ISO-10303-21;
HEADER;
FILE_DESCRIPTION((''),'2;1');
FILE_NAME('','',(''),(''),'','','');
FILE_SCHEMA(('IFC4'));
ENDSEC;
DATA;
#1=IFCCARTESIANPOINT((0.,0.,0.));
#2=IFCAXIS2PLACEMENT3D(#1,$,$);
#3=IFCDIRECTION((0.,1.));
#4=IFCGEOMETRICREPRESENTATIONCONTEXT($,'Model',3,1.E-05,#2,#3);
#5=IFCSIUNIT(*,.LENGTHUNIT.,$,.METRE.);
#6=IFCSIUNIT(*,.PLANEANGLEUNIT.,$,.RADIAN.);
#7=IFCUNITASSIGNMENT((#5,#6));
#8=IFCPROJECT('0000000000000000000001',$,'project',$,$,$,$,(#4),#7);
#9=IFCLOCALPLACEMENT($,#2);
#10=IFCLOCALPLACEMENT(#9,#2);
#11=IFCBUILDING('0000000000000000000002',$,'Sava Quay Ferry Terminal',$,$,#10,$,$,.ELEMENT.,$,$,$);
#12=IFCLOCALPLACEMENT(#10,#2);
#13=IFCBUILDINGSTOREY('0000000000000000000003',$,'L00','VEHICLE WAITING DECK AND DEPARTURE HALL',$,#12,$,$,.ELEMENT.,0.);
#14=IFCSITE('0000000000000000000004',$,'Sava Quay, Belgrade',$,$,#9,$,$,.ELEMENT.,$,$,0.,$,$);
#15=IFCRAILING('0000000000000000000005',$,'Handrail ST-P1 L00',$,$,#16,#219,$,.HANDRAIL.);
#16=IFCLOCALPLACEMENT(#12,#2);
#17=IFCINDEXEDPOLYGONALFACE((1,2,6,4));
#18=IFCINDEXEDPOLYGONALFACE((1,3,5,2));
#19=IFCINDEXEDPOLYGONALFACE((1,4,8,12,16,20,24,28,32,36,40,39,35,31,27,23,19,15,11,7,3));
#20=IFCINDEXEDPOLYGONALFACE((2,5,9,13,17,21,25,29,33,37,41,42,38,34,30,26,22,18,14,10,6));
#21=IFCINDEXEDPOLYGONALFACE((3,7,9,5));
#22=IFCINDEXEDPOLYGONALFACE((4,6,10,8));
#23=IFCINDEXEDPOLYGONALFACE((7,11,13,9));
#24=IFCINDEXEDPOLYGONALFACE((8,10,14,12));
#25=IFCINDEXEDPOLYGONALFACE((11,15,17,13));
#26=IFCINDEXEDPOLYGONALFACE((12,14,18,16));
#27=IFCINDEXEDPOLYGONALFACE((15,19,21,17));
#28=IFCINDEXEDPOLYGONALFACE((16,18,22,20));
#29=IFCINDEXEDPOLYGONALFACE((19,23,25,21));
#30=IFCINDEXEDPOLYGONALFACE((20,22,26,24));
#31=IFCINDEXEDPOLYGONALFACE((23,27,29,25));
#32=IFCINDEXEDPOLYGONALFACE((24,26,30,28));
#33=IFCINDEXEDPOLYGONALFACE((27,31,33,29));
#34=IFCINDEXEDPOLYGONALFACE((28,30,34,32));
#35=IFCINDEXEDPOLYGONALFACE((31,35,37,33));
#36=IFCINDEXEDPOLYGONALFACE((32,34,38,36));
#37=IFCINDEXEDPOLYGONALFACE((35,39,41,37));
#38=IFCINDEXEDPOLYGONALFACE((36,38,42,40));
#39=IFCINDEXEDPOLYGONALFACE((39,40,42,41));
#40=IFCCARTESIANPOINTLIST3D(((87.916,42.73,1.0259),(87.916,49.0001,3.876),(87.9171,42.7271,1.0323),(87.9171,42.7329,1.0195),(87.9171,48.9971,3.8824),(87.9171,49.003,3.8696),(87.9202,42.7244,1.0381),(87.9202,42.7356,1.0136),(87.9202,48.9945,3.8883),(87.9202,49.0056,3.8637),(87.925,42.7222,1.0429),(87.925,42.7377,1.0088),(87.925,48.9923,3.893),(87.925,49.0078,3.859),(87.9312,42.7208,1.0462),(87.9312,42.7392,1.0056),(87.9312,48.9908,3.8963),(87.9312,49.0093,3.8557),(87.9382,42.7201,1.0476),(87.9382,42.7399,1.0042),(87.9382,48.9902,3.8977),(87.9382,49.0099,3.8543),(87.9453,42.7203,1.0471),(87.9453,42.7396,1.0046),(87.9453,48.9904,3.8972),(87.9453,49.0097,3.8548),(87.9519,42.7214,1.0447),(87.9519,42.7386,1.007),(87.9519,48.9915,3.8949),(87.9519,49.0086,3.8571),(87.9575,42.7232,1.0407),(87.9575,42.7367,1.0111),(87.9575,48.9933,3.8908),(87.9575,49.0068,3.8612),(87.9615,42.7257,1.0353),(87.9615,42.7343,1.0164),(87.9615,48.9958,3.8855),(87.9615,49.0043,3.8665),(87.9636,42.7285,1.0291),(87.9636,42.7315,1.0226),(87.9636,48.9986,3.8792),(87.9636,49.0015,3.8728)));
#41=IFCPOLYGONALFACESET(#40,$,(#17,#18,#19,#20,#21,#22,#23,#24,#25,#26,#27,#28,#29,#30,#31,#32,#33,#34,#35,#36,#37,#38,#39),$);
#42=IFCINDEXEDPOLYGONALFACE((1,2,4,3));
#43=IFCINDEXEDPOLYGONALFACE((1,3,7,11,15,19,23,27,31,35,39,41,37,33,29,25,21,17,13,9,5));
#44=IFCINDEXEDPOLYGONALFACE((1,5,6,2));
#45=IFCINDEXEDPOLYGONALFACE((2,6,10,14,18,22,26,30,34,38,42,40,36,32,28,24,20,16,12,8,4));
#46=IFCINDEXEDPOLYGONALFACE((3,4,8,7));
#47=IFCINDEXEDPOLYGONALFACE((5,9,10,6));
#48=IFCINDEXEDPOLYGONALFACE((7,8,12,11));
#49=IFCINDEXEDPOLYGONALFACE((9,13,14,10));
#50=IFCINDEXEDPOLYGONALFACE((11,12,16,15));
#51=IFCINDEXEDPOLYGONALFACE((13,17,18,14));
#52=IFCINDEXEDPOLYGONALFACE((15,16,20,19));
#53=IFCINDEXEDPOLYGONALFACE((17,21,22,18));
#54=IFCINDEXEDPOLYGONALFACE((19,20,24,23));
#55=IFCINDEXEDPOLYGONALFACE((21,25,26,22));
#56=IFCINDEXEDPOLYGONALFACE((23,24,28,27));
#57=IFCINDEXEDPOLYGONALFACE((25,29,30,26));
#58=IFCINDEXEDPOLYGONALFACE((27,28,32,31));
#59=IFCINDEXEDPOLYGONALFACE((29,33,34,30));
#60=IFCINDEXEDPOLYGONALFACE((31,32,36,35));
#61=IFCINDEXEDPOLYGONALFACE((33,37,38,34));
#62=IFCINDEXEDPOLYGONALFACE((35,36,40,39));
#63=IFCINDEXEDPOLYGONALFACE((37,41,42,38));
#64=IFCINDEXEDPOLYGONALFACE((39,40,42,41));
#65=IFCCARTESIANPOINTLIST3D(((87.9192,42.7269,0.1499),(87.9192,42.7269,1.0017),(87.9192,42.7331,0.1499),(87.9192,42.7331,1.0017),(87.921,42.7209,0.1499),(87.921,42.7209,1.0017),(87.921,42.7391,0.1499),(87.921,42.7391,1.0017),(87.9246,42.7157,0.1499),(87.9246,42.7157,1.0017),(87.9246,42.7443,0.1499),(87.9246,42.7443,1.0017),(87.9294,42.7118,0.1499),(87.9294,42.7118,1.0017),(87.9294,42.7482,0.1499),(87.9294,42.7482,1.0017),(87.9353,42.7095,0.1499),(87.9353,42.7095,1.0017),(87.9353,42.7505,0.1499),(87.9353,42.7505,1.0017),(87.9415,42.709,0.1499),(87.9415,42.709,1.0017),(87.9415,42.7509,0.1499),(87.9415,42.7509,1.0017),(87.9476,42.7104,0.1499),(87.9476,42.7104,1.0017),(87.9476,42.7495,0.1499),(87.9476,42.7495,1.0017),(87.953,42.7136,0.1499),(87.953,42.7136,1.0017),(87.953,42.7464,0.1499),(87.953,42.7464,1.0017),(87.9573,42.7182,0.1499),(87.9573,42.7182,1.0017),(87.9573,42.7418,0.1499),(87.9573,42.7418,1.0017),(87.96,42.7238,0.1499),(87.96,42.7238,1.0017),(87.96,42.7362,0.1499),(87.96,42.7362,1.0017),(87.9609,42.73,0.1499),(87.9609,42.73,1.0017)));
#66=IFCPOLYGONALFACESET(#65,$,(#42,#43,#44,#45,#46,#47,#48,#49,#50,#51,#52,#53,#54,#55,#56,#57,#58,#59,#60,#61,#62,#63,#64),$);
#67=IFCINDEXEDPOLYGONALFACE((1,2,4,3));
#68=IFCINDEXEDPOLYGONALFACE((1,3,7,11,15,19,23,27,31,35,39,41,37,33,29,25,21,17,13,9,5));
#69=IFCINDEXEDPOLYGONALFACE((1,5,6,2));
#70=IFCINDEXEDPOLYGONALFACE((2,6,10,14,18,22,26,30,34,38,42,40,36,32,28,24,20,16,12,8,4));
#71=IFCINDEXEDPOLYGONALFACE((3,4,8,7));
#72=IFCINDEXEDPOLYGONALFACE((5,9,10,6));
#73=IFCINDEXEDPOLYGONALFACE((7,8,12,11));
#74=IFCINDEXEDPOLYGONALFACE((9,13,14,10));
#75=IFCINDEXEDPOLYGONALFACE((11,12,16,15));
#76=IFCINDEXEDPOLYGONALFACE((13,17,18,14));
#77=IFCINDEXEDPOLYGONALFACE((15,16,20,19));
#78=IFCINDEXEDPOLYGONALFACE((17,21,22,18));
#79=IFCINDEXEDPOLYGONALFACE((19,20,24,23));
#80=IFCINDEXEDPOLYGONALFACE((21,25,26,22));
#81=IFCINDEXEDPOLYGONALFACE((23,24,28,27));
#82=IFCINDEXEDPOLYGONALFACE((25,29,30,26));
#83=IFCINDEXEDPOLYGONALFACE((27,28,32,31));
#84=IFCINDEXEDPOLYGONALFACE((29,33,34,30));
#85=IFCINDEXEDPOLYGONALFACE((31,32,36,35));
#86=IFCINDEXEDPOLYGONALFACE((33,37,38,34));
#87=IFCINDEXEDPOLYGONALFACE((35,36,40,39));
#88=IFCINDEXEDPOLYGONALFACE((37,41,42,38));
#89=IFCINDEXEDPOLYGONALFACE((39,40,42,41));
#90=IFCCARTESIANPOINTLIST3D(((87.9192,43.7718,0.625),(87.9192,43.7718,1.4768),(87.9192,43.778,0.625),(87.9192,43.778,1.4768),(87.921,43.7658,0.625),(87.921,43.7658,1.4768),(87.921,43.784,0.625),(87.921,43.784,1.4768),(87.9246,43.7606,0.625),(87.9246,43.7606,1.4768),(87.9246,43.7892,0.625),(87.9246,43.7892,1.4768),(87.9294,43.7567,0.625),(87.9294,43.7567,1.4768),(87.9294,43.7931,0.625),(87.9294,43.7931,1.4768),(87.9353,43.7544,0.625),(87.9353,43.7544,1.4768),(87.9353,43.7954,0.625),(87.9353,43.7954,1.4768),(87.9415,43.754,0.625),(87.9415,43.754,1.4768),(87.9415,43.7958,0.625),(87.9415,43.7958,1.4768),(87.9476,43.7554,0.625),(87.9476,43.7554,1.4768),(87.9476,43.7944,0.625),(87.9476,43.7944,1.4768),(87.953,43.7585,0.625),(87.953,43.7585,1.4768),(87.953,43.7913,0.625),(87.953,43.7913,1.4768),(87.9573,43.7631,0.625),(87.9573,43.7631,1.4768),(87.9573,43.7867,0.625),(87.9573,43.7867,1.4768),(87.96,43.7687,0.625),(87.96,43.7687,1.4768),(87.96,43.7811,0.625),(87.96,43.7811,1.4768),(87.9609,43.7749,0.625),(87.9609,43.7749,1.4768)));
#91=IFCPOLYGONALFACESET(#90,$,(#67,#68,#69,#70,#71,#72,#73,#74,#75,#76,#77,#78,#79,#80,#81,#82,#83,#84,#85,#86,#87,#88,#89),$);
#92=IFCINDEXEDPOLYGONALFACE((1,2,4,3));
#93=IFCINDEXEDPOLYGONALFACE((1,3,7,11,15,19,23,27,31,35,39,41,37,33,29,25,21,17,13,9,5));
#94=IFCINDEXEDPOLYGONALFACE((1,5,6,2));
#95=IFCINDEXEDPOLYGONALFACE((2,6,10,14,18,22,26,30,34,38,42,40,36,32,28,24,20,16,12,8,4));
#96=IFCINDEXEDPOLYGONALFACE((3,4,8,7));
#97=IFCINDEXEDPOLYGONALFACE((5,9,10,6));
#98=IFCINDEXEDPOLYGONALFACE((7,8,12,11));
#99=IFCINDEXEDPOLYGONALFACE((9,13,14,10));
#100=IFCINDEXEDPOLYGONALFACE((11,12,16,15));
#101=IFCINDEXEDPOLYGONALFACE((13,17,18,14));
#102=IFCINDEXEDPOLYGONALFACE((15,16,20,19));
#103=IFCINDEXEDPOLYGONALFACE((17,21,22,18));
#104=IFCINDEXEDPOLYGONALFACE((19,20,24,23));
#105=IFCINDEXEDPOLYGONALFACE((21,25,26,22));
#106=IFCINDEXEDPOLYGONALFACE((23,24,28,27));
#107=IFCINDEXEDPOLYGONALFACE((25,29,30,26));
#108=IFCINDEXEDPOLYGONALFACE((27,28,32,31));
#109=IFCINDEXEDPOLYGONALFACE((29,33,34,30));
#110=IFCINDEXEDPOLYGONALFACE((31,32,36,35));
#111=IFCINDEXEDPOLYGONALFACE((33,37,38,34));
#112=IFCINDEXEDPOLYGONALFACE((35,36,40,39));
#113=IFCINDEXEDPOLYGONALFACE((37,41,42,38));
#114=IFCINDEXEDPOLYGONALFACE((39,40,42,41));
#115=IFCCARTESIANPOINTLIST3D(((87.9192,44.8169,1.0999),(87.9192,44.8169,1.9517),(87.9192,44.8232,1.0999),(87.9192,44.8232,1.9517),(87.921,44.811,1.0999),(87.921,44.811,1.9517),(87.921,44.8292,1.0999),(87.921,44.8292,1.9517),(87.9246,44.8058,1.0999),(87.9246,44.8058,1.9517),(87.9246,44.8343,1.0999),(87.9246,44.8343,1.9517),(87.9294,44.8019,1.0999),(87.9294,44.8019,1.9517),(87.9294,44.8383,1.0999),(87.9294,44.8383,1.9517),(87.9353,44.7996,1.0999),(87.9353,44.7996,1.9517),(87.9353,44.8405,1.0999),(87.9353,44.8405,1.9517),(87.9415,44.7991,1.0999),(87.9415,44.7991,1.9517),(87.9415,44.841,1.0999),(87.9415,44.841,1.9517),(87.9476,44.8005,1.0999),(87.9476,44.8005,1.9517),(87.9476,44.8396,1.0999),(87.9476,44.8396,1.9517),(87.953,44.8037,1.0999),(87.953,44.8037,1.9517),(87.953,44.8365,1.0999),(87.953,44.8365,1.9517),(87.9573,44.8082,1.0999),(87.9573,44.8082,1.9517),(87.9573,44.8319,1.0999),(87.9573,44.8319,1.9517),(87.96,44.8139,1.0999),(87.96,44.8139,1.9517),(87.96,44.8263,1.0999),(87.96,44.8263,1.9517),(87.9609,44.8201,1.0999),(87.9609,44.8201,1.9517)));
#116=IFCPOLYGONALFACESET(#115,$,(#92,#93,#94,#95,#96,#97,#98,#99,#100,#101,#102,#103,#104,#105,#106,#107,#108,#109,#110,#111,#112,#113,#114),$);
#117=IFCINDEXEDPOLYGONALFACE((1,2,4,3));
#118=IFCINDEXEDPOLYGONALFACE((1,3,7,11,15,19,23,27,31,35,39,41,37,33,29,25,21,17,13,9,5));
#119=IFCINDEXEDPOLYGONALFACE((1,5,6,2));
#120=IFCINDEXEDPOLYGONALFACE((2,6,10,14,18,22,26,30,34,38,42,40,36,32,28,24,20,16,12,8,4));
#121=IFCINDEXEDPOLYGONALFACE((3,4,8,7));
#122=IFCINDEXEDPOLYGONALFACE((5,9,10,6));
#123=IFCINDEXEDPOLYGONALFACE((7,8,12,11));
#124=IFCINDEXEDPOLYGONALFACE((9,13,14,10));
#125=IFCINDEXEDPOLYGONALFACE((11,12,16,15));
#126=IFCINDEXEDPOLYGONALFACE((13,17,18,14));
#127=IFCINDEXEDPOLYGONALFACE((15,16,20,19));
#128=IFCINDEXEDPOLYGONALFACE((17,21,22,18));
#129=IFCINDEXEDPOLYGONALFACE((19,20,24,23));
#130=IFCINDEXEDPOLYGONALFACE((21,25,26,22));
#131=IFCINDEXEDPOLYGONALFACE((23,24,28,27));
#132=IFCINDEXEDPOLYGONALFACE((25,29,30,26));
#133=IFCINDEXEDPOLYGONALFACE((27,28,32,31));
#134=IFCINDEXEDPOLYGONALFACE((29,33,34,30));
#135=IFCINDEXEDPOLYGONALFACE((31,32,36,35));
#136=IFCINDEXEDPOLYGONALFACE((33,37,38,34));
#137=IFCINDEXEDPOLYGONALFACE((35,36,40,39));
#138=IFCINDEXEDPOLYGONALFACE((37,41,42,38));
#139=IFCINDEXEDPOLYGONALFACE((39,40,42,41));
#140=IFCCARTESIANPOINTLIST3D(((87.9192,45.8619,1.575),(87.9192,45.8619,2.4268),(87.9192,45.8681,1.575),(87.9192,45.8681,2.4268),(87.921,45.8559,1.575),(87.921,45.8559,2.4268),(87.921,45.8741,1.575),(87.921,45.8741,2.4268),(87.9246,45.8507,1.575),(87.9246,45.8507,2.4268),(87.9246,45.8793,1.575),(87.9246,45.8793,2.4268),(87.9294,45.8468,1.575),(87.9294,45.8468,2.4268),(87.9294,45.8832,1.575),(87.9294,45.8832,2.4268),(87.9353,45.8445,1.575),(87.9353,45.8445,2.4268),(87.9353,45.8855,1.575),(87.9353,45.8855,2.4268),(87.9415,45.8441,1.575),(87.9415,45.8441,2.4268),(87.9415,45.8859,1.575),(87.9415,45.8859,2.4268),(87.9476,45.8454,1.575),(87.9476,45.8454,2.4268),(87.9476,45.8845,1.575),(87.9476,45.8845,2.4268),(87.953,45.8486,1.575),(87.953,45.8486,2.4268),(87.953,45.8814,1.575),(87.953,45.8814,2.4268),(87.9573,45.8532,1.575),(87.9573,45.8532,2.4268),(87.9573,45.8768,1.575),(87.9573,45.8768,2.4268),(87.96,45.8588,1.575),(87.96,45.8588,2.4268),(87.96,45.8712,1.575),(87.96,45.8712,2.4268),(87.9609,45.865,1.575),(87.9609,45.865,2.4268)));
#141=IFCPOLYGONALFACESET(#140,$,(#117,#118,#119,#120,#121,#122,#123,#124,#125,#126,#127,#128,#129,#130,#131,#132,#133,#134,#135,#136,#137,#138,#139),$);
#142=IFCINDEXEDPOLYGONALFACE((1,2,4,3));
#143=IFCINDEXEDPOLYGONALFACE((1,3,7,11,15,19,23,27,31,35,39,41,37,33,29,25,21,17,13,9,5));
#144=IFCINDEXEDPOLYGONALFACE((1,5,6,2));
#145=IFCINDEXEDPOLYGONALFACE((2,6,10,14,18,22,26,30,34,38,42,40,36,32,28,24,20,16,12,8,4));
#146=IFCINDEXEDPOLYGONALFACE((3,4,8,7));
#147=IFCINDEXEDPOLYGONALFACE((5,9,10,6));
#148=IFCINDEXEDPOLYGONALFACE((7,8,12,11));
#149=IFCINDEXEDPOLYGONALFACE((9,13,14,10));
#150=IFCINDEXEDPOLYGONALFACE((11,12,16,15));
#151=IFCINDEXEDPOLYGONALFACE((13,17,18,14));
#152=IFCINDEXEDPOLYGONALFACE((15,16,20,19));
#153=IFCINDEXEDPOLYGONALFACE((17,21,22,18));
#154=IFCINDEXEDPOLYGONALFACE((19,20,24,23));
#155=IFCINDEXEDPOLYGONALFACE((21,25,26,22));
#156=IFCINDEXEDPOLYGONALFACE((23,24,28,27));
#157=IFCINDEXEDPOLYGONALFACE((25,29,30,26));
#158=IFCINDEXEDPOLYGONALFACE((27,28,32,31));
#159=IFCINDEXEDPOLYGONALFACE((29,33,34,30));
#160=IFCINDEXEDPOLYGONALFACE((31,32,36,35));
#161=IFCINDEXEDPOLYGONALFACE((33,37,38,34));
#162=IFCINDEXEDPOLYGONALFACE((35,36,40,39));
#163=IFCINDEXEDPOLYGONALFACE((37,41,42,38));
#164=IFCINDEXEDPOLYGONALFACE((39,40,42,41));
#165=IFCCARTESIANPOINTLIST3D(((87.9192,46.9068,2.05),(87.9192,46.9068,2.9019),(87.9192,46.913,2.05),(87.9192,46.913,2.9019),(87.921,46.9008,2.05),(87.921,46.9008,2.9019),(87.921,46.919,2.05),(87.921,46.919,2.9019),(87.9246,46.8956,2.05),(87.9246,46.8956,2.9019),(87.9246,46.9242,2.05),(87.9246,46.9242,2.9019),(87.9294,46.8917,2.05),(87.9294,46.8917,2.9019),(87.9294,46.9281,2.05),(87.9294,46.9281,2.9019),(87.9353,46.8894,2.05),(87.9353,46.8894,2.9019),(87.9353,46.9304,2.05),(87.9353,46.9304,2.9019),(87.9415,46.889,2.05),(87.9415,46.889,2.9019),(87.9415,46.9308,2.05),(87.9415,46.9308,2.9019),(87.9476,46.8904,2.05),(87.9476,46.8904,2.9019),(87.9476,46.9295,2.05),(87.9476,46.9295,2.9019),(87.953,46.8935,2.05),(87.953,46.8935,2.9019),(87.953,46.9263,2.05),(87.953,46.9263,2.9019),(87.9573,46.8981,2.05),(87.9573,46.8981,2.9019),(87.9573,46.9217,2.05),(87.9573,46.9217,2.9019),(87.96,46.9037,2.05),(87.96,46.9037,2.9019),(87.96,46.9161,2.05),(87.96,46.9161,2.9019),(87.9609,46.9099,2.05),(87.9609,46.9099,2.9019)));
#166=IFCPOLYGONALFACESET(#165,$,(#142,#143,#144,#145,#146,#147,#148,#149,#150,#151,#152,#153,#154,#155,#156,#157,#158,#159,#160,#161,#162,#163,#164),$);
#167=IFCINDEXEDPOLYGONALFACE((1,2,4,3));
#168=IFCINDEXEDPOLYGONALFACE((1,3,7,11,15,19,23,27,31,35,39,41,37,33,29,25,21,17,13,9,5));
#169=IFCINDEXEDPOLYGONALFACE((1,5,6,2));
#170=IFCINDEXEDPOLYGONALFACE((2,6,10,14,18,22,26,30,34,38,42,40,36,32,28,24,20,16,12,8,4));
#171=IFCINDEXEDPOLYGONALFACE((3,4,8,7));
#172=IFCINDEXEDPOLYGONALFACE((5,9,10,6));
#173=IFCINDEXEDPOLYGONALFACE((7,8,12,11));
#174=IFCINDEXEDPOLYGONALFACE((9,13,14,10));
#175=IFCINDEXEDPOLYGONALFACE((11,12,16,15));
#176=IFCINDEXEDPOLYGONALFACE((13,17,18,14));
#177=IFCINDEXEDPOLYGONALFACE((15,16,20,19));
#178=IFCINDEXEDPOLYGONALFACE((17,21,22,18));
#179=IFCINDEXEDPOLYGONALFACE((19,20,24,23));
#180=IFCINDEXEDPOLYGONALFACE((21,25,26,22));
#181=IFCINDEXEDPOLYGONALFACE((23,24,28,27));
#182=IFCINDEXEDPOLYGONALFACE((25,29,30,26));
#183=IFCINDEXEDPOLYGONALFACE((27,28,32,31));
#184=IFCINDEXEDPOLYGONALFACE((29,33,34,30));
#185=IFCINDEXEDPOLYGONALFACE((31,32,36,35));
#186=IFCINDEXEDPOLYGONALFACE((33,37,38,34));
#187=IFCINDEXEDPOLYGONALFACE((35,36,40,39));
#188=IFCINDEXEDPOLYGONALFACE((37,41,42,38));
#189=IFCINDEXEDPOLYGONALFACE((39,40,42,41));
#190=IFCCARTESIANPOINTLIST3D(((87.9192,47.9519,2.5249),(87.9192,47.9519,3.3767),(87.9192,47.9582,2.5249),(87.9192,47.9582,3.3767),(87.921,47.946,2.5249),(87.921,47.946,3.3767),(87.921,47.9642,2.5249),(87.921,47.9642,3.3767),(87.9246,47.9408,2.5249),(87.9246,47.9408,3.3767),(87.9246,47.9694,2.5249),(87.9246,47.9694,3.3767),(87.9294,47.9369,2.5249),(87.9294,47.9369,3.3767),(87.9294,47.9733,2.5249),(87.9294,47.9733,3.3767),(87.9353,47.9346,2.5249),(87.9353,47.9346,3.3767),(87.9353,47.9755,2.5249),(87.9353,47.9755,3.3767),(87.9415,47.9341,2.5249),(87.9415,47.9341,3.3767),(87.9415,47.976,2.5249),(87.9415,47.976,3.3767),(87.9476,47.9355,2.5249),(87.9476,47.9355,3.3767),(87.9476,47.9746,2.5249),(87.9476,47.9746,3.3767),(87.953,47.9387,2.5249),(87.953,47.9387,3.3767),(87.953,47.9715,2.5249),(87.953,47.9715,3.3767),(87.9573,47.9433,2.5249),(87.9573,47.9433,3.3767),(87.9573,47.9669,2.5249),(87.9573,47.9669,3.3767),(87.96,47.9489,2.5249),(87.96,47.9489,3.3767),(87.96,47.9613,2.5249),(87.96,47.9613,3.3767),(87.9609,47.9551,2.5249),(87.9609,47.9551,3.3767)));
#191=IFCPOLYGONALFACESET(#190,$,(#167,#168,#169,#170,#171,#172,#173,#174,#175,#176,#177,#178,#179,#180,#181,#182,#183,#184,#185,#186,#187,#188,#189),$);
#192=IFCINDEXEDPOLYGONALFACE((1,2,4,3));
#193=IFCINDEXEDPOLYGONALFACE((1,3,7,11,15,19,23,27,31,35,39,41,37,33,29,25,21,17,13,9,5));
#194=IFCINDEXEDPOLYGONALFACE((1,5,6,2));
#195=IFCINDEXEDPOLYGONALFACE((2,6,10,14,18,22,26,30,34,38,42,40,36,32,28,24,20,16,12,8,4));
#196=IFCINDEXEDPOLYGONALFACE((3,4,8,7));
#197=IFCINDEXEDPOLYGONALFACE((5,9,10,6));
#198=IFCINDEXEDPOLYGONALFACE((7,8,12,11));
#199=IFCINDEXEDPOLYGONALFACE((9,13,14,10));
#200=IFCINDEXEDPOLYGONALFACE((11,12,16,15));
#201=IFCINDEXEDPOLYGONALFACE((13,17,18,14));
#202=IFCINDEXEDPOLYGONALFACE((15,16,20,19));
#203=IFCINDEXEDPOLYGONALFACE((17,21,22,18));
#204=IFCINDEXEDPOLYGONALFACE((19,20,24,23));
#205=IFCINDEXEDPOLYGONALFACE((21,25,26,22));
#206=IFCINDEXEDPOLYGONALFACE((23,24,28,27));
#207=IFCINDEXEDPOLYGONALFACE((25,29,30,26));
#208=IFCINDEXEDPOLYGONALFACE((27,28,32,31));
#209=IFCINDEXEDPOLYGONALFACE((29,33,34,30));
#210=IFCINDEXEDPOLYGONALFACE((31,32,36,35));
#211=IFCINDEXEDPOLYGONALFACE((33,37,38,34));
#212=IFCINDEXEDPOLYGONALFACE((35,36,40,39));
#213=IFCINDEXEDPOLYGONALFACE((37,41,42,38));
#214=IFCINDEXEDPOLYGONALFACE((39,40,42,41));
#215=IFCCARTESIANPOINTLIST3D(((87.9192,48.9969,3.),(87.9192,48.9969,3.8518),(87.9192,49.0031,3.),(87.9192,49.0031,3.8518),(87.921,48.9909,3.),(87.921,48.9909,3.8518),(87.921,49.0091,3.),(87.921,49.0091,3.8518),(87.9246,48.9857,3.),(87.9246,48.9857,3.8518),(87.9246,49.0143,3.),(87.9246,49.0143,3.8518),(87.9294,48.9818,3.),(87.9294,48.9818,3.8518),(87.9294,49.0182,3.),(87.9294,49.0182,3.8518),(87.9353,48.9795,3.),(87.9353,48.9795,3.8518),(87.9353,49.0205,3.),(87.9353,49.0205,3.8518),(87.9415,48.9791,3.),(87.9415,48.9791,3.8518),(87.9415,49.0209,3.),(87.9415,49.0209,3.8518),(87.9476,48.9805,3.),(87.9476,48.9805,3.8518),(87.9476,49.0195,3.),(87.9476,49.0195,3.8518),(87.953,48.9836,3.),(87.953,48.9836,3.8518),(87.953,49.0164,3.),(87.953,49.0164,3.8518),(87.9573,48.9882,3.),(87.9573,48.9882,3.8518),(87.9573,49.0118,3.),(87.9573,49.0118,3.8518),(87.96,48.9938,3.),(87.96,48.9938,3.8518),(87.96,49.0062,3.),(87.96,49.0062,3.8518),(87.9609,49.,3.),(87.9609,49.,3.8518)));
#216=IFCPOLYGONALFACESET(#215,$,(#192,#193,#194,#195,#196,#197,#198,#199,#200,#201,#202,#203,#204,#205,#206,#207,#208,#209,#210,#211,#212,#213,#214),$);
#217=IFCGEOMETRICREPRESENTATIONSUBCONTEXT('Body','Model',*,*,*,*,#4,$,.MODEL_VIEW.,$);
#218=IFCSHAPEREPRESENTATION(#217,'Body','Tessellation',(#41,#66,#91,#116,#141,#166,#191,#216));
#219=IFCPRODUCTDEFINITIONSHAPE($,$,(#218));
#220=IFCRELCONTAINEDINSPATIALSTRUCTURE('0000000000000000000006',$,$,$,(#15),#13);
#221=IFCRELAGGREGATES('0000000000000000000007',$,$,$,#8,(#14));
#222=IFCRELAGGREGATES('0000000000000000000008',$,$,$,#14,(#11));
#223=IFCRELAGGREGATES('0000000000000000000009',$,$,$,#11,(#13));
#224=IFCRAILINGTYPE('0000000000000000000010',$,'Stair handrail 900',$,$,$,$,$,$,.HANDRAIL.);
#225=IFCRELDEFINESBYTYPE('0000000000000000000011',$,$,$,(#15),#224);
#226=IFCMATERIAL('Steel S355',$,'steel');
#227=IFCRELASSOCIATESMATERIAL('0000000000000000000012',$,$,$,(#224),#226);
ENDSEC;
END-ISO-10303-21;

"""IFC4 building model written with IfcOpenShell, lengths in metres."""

from ifc_helpers import new_model, si_unit, direction, frame, origin, origin_2d, place, context, subcontext, project, spatial, circle, extrude, material, type_object, element, save


model = new_model("IFC4")

# Units and contexts
model_context = context("Model", 3, precision=1e-05, world=origin(), true_north=direction((0.0, 1.0)))
body_context = subcontext(model_context, "Body", "Model", "MODEL_VIEW")
ifc_project = project(units=[si_unit("LENGTHUNIT", "METRE"), si_unit("PLANEANGLEUNIT", "RADIAN")], contexts=[model_context])

# Site, building, storey
site_placement = place(None, origin())
site = spatial("IfcSite", under=ifc_project, at=site_placement, Name="Sava Quay, Belgrade", CompositionType="ELEMENT", RefElevation=0.0)
building_placement = place(site_placement, origin())
building = spatial("IfcBuilding", under=site, at=building_placement, Name="Sava Quay Ferry Terminal", CompositionType="ELEMENT")
storey_placement = place(building_placement, origin())
storey = spatial("IfcBuildingStorey", under=building, at=storey_placement, Name="L00", Description="VEHICLE WAITING DECK AND DEPARTURE HALL", CompositionType="ELEMENT", Elevation=0.0)

# Railing
ifc_material_1 = material(Name="Steel S355", Category="steel")
railing_type_1 = type_object("IfcRailingType", Name="Stair handrail 900", PredefinedType="HANDRAIL", material=ifc_material_1)
railing_1_placement = place(storey_placement, frame((87.9399, 42.73, 0.1499)))
element("IfcRailing", 1, at=railing_1_placement, inside=storey, type_object=railing_type_1, Name="Handrail ST-P1 L00", PredefinedType="HANDRAIL", context=body_context, shape_type="SweptSolid", body=[
    extrude(circle(Radius=0.0239, at=origin_2d()), frame((0.0, 0.0, 0.876), z_axis=(0.0, 0.910362, 0.413814), x_axis=(-1.0, 0.0, 0.0)), (0.0, 0.0, 1.0), 6.8875),
    extrude(circle(Radius=0.021, at=origin_2d()), origin(), (0.0, 0.0, 1.0), 0.8518),
    extrude(circle(Radius=0.021, at=origin_2d()), frame((0.0, 1.0449, 0.4751)), (0.0, 0.0, 1.0), 0.8518),
    extrude(circle(Radius=0.021, at=origin_2d()), frame((0.0, 2.0901, 0.95)), (0.0, 0.0, 1.0), 0.8518),
    extrude(circle(Radius=0.021, at=origin_2d()), frame((0.0, 3.135, 1.425)), (0.0, 0.0, 1.0), 0.8518),
    extrude(circle(Radius=0.021, at=origin_2d()), frame((0.0, 4.1799, 1.9001)), (0.0, 0.0, 1.0), 0.8518),
    extrude(circle(Radius=0.021, at=origin_2d()), frame((0.0, 5.2251, 2.375)), (0.0, 0.0, 1.0), 0.8518),
    extrude(circle(Radius=0.021, at=origin_2d()), frame((0.0, 6.27, 2.8501)), (0.0, 0.0, 1.0), 0.8518),
])

save(model, "model.ifc")
